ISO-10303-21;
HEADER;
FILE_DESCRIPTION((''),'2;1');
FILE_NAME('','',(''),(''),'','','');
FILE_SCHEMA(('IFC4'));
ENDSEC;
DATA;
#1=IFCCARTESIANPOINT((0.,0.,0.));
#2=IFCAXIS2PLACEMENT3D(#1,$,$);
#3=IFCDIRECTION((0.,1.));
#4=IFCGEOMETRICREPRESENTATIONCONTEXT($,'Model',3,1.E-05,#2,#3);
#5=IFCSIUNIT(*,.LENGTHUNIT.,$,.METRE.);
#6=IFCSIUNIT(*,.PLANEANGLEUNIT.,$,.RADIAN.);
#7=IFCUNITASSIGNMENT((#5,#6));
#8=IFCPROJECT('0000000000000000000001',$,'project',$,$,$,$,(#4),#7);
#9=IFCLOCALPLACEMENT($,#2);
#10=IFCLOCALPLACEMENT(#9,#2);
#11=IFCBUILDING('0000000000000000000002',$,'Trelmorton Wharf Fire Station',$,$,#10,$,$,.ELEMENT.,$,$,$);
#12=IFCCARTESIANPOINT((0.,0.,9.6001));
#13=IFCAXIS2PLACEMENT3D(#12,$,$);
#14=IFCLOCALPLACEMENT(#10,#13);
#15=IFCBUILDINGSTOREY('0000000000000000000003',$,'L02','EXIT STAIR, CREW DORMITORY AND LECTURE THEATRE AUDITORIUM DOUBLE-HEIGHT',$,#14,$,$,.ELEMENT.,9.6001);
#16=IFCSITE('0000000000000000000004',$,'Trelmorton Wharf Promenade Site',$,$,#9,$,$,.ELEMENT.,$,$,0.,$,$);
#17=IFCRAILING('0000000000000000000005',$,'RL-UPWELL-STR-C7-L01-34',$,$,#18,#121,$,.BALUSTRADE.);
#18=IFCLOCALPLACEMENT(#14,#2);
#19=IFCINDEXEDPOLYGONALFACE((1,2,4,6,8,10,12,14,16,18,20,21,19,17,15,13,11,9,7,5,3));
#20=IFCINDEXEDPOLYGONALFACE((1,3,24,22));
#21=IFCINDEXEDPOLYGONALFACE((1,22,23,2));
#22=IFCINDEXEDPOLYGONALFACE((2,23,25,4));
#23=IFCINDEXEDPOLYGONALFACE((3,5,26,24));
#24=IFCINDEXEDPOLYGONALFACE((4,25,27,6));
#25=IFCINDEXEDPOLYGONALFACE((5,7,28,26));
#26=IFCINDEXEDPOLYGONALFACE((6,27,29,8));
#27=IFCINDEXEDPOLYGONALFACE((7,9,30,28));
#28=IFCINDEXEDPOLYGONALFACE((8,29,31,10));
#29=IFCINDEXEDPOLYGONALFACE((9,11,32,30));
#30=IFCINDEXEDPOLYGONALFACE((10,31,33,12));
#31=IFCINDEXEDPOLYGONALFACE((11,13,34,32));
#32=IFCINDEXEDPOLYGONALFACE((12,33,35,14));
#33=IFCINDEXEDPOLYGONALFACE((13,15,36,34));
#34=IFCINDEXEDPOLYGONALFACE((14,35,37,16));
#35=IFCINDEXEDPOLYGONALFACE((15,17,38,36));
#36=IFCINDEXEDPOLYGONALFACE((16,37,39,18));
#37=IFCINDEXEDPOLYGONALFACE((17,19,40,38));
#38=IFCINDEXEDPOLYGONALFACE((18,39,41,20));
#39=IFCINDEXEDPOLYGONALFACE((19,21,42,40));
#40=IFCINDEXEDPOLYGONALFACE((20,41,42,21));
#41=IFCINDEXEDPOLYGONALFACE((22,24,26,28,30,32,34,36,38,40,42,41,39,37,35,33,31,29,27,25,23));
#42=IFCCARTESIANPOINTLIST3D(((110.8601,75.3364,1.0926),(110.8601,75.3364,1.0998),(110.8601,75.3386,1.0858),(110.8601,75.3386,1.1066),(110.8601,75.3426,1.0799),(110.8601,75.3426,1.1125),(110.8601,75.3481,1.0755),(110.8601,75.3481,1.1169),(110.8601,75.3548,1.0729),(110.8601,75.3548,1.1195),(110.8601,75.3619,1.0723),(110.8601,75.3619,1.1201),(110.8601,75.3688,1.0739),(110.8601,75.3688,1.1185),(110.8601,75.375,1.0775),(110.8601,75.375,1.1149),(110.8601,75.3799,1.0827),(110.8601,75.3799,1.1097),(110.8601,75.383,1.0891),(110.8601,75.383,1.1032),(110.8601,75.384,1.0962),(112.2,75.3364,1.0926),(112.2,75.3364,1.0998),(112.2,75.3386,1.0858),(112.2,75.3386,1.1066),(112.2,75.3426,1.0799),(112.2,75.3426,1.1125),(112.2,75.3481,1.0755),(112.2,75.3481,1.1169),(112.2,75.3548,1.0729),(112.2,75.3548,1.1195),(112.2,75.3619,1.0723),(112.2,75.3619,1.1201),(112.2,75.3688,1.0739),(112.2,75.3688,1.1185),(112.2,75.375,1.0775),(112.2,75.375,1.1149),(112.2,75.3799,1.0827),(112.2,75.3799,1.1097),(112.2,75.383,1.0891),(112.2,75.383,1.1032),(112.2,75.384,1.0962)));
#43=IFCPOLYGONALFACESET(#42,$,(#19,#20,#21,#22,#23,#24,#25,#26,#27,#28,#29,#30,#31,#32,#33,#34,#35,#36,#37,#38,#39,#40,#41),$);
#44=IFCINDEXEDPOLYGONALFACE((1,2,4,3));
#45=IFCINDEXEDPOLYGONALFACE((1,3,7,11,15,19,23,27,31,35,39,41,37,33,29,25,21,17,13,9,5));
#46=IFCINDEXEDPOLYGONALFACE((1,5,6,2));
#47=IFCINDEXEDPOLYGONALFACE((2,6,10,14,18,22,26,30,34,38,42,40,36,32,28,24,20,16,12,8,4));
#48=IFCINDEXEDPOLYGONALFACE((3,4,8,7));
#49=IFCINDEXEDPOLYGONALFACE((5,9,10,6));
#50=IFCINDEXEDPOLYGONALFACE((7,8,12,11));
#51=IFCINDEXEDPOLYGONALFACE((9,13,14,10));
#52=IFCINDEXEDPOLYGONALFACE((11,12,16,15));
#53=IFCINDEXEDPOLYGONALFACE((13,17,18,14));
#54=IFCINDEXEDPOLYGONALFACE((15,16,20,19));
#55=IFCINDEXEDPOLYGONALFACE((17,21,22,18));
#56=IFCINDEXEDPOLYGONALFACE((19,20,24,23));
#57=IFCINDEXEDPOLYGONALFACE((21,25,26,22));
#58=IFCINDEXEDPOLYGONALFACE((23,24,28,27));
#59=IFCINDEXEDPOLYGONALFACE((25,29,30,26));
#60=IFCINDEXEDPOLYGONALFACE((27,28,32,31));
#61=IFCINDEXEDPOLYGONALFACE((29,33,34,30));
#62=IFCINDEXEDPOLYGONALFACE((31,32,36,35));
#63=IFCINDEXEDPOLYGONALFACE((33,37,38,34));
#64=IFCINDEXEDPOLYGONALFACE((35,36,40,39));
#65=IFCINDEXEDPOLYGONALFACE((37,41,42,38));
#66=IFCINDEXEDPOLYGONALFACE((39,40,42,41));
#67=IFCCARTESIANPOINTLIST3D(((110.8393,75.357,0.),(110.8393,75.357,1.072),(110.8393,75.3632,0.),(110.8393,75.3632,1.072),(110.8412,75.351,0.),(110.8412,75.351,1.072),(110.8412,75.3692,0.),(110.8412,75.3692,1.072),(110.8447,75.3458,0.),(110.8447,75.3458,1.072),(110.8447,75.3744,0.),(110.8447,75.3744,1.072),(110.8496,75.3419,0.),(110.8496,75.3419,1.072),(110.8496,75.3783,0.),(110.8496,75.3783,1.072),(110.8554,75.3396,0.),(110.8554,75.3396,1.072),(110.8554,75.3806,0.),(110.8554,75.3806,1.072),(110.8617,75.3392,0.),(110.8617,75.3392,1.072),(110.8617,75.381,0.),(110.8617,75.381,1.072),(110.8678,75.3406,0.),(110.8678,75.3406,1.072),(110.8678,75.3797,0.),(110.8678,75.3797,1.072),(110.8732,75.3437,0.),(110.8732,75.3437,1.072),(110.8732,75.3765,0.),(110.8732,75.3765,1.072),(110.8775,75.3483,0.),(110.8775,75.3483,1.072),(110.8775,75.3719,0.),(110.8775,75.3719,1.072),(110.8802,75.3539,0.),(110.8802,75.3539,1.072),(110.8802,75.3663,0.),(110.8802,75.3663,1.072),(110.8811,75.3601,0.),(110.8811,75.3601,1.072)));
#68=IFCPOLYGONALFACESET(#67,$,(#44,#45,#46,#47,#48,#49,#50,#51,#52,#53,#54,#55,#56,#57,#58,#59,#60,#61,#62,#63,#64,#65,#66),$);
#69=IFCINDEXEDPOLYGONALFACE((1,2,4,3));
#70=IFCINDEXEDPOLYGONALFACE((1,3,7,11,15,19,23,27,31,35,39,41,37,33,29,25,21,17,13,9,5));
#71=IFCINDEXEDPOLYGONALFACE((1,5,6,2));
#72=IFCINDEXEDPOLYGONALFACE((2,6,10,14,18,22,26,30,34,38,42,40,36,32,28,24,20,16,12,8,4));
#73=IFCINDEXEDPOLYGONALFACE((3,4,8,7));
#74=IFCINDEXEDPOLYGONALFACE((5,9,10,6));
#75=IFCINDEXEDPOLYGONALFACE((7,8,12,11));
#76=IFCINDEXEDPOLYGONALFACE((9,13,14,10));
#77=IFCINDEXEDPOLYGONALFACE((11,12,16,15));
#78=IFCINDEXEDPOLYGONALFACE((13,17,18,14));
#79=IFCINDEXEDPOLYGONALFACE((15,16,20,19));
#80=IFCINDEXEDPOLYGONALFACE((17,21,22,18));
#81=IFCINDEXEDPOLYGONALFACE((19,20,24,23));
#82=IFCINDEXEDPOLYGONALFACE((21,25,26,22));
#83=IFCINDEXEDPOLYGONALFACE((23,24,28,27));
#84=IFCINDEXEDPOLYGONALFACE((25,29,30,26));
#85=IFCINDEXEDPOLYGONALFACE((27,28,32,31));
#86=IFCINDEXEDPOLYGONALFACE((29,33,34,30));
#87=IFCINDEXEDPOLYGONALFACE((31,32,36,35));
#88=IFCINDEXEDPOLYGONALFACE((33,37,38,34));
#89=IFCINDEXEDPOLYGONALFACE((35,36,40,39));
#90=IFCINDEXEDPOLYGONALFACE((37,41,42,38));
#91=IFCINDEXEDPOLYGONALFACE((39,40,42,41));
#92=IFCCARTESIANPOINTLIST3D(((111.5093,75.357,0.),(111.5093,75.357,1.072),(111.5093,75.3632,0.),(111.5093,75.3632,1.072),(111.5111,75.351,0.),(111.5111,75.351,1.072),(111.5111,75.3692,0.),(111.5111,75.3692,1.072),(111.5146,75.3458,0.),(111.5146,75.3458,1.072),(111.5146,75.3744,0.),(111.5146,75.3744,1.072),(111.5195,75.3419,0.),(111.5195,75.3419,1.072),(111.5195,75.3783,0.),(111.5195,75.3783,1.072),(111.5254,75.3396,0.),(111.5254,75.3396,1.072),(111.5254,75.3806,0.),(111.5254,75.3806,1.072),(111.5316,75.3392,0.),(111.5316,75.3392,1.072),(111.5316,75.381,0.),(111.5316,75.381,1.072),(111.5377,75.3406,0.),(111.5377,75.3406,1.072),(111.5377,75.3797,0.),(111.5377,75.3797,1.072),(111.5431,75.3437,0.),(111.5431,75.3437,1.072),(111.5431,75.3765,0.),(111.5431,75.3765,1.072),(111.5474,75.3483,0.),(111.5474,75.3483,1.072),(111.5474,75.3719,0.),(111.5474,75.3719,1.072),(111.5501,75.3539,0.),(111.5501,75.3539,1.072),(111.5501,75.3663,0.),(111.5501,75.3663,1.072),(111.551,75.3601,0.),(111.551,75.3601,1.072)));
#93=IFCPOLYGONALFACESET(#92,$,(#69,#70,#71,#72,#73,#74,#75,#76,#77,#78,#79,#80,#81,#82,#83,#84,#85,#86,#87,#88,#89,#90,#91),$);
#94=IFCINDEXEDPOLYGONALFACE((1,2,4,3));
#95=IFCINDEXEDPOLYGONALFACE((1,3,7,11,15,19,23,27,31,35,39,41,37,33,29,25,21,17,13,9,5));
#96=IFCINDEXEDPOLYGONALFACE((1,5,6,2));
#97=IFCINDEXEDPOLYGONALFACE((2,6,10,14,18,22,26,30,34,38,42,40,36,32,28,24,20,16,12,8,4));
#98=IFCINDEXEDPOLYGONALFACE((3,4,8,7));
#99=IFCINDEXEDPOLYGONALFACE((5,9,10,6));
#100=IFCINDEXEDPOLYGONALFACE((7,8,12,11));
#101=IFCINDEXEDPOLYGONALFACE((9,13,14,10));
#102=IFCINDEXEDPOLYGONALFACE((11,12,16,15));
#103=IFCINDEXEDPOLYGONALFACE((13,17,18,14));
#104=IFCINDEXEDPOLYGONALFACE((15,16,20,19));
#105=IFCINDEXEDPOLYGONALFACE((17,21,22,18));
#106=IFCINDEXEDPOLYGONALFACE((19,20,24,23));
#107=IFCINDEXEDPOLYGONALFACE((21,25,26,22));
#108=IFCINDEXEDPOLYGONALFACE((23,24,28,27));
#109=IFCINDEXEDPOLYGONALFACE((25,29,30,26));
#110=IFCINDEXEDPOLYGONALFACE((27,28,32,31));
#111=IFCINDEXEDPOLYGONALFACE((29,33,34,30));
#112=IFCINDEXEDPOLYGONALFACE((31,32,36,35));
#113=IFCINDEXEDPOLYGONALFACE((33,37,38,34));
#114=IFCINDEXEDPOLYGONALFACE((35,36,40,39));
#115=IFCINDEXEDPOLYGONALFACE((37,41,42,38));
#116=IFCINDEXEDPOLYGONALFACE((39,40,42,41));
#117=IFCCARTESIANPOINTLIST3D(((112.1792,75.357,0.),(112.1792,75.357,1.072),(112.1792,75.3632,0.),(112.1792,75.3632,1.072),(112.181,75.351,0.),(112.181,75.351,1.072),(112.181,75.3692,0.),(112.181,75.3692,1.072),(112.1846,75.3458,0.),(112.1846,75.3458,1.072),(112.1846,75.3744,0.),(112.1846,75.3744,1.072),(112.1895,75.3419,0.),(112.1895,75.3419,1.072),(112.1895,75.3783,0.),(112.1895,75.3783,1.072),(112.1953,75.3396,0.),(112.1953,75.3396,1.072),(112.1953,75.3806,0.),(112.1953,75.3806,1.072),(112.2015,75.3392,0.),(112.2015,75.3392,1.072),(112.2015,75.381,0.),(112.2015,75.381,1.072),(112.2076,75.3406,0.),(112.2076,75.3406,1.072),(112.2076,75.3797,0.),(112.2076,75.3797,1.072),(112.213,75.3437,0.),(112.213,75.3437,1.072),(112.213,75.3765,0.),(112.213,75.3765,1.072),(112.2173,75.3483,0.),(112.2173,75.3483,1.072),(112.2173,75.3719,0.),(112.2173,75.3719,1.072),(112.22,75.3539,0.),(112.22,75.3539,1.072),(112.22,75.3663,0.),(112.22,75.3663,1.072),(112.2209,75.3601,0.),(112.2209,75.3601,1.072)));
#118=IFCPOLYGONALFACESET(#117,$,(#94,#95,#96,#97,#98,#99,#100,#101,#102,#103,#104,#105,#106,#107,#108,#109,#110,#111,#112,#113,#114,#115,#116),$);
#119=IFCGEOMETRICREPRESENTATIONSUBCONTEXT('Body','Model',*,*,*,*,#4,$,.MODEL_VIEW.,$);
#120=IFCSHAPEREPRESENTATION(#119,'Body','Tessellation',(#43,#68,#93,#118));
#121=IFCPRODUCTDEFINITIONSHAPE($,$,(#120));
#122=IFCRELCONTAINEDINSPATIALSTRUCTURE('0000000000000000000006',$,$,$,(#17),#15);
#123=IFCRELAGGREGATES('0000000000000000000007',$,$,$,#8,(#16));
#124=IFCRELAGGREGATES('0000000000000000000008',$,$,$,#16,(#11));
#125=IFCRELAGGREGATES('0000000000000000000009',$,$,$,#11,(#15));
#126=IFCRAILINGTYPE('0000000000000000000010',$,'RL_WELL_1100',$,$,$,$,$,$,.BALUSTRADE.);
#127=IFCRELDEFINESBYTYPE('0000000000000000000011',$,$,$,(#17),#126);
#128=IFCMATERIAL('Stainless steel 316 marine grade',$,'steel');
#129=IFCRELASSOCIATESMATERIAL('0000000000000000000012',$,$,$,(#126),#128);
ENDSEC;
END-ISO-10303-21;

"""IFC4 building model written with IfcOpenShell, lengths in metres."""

from ifc_helpers import new_model, si_unit, direction, frame, origin, origin_2d, place, context, subcontext, project, spatial, circle, extrude, material, type_object, element, save


model = new_model("IFC4")

# Units and contexts
model_context = context("Model", 3, precision=1e-05, world=origin(), true_north=direction((0.0, 1.0)))
body_context = subcontext(model_context, "Body", "Model", "MODEL_VIEW")
ifc_project = project(units=[si_unit("LENGTHUNIT", "METRE"), si_unit("PLANEANGLEUNIT", "RADIAN")], contexts=[model_context])

# Site, building, storey
site_placement = place(None, origin())
site = spatial("IfcSite", under=ifc_project, at=site_placement, Name="Trelmorton Wharf Promenade Site", CompositionType="ELEMENT", RefElevation=0.0)
building_placement = place(site_placement, origin())
building = spatial("IfcBuilding", under=site, at=building_placement, Name="Trelmorton Wharf Fire Station", CompositionType="ELEMENT")
storey_placement = place(building_placement, frame((0.0, 0.0, 9.6001)))
storey = spatial("IfcBuildingStorey", under=building, at=storey_placement, Name="L02", Description="EXIT STAIR, CREW DORMITORY AND LECTURE THEATRE AUDITORIUM DOUBLE-HEIGHT", CompositionType="ELEMENT", Elevation=9.6001)

# Shared definitions
ifc_material_1 = material(Name="Stainless steel 316 marine grade", Category="steel")

# Railing
railing_type_1 = type_object("IfcRailingType", Name="RL_WELL_1100", PredefinedType="BALUSTRADE", material=ifc_material_1)
railing_1_placement = place(storey_placement, frame((110.8601, 75.3601, 0.0)))
element("IfcRailing", 1, at=railing_1_placement, inside=storey, type_object=railing_type_1, Name="RL-UPWELL-STR-C7-L01-34", PredefinedType="BALUSTRADE", context=body_context, shape_type="SweptSolid", body=[
    extrude(circle(Radius=0.0239, at=origin_2d()), frame((0.0, 0.0, 1.0962), z_axis=(1.0, 0.0, 0.0), x_axis=(0.0, 1.0, 0.0)), (0.0, 0.0, 1.0), 1.3398),
    extrude(circle(Radius=0.021, at=origin_2d()), origin(), (0.0, 0.0, 1.0), 1.072),
    extrude(circle(Radius=0.021, at=origin_2d()), frame((0.6699, 0.0, 0.0)), (0.0, 0.0, 1.0), 1.072),
    extrude(circle(Radius=0.021, at=origin_2d()), frame((1.3398, 0.0, 0.0)), (0.0, 0.0, 1.0), 1.072),
])

save(model, "model.ifc")
